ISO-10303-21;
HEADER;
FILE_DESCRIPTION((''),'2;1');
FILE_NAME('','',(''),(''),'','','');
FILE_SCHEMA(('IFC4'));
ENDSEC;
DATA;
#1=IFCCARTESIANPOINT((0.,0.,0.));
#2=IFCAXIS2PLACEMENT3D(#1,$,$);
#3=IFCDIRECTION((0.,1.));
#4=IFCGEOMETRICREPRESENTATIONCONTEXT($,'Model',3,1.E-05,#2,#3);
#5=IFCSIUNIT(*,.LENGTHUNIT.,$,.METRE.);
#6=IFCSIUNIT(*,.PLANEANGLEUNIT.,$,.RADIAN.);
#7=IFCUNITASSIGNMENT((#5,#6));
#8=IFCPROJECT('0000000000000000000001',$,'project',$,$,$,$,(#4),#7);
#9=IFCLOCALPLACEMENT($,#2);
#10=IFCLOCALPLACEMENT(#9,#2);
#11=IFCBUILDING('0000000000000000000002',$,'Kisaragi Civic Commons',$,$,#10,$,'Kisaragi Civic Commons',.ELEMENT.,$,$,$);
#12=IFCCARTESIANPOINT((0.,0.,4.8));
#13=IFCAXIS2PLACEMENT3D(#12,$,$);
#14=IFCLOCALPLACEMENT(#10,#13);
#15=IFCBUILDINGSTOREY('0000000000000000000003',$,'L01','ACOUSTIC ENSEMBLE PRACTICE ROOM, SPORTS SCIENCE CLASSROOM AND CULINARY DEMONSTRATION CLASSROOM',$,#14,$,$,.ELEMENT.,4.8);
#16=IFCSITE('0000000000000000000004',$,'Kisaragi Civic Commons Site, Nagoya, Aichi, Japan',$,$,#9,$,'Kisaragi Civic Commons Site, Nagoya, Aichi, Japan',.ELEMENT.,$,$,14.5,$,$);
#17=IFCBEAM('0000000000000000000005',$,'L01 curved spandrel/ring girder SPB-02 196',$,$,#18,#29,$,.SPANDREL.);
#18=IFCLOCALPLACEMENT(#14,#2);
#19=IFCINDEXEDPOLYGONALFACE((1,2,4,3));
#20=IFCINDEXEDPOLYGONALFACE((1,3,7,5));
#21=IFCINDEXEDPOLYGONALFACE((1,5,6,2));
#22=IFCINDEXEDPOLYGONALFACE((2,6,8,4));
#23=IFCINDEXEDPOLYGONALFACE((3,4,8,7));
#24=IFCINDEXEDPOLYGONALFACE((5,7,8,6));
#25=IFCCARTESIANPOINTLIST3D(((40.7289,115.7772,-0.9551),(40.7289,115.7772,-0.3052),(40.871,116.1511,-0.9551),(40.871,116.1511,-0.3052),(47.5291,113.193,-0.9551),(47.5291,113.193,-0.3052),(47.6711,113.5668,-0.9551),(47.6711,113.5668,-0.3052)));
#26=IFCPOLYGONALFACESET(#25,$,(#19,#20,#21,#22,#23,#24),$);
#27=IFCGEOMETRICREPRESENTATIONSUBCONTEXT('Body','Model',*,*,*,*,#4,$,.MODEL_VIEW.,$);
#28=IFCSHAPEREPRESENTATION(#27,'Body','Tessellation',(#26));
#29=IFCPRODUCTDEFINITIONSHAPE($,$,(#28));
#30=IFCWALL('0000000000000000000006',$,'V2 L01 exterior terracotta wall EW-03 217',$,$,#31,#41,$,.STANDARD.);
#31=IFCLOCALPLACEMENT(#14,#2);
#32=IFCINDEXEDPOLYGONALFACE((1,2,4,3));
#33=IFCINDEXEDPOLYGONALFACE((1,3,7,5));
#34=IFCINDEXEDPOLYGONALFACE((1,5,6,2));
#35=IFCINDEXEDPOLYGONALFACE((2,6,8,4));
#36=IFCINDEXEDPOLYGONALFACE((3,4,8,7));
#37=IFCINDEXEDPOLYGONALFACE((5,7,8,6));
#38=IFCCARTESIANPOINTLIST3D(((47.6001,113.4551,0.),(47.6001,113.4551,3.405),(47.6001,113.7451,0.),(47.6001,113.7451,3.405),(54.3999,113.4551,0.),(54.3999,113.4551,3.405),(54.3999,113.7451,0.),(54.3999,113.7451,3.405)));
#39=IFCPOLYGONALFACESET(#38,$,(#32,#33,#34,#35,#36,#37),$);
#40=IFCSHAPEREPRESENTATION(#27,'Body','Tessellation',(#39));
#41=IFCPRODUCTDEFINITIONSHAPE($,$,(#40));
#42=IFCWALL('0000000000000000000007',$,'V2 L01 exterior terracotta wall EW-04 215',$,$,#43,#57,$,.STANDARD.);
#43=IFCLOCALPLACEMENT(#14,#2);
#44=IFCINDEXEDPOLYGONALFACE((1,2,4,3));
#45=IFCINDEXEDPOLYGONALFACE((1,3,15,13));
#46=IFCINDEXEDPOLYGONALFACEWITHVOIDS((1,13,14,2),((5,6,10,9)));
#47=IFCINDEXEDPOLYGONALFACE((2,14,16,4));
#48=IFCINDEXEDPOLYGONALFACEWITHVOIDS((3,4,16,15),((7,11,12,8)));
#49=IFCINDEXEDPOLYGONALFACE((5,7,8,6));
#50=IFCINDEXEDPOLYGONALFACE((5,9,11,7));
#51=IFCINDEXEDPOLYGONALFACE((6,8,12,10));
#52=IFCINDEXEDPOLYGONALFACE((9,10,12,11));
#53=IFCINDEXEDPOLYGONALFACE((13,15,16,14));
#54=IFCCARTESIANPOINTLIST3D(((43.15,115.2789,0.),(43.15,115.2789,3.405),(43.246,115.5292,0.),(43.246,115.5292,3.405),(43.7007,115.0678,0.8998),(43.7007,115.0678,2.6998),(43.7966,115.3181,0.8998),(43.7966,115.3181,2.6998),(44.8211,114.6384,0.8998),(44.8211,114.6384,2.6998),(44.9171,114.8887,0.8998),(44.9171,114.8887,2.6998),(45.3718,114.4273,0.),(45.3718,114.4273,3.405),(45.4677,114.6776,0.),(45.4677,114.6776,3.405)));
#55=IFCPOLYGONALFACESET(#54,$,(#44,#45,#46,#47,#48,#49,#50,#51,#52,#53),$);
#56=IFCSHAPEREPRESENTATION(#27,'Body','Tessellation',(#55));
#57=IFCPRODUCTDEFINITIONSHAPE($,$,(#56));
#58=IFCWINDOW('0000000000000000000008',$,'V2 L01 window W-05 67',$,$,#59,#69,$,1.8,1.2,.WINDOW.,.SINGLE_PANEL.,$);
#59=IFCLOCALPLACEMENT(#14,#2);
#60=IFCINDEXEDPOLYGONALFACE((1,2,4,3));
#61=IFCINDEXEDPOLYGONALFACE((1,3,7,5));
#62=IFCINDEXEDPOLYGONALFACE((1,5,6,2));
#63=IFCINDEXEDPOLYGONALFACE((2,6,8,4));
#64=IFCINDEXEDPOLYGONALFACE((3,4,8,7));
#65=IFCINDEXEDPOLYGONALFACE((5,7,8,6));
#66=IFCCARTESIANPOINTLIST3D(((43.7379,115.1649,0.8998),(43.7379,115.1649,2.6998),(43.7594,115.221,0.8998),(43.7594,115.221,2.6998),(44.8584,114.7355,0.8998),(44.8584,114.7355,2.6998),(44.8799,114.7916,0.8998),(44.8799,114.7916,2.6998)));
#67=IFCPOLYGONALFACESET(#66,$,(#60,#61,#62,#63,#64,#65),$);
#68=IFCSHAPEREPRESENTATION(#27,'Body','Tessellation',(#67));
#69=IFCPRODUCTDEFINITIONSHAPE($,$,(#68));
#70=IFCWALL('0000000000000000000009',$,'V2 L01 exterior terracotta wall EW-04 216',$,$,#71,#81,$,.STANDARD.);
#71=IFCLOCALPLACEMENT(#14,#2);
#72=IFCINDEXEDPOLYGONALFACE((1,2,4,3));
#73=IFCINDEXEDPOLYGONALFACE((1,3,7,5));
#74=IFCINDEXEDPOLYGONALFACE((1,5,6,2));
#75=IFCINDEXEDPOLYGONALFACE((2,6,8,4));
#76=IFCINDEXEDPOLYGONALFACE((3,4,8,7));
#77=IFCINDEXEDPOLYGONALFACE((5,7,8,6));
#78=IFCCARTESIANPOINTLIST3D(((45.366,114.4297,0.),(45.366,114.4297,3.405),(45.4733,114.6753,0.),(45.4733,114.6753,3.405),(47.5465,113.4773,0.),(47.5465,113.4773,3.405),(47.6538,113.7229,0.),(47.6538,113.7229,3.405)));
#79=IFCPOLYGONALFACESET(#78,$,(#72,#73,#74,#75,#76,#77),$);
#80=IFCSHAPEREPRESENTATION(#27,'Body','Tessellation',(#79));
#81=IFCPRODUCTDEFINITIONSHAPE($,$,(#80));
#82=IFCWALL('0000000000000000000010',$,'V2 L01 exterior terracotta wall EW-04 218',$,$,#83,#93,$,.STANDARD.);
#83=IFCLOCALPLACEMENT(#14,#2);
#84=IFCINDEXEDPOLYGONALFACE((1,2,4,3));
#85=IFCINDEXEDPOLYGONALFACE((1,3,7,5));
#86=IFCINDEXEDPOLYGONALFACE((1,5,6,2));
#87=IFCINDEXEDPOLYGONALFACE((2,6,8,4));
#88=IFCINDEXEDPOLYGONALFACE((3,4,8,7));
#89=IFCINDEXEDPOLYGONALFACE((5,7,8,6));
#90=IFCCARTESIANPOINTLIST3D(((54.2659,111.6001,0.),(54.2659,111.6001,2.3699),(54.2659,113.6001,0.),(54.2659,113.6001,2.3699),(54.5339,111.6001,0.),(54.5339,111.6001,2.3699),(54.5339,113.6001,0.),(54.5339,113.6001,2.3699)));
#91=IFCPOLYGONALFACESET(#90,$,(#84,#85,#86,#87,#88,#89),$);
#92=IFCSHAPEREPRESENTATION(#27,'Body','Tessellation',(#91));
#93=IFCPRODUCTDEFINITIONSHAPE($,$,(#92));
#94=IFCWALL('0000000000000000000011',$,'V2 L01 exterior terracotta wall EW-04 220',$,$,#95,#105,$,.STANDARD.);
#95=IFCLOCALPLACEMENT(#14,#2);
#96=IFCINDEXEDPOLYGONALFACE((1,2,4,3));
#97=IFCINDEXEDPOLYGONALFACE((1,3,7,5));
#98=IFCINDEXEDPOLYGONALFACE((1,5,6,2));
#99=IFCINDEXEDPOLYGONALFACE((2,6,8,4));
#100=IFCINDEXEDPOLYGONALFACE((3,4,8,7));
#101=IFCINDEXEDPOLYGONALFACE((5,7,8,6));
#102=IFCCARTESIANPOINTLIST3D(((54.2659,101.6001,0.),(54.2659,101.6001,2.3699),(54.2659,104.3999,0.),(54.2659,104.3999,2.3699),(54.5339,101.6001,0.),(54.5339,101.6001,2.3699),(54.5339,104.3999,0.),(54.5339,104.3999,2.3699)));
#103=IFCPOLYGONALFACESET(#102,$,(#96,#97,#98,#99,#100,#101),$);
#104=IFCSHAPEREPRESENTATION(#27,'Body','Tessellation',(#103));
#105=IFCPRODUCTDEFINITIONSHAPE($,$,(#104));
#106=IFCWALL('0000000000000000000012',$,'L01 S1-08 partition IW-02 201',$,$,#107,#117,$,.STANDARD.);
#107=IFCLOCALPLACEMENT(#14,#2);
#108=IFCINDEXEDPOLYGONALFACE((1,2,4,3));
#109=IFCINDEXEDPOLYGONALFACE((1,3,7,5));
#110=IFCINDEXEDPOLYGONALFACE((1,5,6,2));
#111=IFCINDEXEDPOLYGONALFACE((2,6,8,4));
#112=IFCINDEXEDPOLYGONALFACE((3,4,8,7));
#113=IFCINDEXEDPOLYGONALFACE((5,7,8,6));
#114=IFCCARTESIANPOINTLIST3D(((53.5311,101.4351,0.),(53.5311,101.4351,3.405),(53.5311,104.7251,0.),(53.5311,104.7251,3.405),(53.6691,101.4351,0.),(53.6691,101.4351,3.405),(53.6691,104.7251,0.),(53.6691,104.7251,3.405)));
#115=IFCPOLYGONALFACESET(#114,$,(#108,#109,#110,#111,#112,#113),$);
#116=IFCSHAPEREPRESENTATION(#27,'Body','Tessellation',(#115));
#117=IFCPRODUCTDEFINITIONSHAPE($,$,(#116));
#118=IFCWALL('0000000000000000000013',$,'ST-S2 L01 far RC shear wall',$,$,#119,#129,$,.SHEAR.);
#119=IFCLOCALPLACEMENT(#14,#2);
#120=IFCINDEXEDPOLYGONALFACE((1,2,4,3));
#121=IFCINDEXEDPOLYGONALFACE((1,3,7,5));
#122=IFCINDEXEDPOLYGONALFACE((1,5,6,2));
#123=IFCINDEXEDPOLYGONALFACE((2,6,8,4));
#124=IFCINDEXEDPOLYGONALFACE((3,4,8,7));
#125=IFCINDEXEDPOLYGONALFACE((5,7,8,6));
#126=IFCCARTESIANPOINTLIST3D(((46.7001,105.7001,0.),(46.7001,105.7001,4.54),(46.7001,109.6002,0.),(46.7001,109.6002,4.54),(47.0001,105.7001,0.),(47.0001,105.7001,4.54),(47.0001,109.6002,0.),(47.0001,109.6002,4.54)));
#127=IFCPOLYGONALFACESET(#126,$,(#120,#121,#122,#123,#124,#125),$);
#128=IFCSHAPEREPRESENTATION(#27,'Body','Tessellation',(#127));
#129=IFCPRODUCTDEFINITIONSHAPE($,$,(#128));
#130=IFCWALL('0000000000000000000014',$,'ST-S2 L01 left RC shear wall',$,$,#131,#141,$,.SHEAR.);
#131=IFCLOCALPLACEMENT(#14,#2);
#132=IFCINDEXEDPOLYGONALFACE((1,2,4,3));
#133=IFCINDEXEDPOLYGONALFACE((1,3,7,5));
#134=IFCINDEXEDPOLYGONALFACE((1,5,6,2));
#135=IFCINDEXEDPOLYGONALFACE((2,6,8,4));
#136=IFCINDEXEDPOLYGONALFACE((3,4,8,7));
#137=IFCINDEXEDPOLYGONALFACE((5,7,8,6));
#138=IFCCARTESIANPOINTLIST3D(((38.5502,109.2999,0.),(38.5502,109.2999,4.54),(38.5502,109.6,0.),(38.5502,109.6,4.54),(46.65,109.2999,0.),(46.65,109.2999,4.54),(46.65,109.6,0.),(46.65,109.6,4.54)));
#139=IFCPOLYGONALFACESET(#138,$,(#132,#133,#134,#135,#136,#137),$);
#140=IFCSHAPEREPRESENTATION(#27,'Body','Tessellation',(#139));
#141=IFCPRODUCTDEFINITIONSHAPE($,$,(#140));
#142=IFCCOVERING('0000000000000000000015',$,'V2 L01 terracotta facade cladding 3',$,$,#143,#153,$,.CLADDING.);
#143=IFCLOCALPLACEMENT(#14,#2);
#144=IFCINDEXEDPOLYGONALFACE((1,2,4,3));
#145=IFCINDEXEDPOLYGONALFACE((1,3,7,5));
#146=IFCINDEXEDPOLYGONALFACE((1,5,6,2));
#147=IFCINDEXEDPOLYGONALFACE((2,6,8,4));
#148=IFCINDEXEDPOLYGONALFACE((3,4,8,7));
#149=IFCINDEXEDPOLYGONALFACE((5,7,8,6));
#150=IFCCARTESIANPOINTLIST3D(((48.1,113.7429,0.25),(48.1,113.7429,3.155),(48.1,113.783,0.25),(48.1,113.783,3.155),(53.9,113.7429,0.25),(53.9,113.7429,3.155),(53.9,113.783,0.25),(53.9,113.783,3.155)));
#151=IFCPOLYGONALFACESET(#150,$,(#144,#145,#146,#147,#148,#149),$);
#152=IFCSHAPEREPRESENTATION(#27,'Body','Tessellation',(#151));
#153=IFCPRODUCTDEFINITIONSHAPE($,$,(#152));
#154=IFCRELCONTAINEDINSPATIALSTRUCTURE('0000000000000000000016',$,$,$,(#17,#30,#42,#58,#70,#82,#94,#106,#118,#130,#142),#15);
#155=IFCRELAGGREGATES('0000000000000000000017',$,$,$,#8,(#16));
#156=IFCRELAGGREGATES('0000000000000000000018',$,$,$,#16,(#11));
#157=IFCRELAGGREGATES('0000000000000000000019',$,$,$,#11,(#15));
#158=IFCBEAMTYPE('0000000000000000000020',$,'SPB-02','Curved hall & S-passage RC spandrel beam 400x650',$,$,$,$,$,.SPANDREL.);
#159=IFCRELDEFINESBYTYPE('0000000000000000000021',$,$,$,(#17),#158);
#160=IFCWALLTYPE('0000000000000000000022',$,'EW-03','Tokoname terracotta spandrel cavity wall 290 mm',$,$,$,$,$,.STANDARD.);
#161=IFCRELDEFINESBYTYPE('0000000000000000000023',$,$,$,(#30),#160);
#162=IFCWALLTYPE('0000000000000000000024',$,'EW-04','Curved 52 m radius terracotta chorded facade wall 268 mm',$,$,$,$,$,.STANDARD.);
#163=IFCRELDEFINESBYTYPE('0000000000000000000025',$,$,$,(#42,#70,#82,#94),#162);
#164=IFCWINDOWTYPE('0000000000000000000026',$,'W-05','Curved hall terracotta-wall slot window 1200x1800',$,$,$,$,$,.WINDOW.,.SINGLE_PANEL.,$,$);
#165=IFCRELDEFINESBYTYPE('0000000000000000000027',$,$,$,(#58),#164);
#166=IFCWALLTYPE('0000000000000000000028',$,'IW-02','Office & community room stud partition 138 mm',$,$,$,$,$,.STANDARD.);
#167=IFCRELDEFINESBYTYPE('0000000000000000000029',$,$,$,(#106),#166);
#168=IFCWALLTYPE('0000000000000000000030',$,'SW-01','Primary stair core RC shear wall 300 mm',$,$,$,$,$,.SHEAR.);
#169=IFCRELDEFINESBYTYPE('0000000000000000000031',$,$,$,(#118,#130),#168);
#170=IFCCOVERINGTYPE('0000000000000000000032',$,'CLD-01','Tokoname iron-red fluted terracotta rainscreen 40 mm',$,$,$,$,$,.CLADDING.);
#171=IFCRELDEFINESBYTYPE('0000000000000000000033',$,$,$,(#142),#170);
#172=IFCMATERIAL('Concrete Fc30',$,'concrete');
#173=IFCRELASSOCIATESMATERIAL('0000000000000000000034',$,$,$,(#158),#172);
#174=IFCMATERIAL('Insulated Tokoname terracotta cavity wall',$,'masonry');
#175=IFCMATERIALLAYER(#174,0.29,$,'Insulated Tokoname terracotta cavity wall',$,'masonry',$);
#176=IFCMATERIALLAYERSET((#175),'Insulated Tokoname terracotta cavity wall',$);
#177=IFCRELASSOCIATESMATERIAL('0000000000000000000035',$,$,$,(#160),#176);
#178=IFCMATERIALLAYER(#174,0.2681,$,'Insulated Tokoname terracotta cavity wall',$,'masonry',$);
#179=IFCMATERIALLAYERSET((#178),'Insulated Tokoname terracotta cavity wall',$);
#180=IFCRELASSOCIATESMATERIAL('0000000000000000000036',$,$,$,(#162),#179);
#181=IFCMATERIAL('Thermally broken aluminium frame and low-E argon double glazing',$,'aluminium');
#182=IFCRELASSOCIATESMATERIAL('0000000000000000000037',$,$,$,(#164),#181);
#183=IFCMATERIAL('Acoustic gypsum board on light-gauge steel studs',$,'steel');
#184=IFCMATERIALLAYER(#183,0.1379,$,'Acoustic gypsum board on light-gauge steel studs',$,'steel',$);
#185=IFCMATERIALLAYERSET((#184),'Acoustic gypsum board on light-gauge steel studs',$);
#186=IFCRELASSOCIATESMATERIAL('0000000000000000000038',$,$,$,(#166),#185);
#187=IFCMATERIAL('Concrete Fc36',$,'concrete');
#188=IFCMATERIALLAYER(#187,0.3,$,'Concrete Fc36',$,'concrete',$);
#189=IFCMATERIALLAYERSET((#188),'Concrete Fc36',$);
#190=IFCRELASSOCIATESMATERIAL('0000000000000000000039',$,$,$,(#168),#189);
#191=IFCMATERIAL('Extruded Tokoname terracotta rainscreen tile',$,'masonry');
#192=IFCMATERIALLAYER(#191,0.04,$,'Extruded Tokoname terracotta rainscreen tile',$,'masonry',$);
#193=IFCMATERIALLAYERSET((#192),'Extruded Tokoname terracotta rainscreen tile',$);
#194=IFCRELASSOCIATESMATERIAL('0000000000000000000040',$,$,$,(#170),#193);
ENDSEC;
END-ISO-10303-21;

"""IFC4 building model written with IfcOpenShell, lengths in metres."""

from ifc_helpers import new_model, si_unit, direction, frame, frame_2d, origin, origin_2d, place, context, subcontext, project, spatial, rectangle, extrude, material, layer, layer_set, material_profile, profile_set, type_object, element, fill, save


model = new_model("IFC4")

# Units and contexts
model_context = context("Model", 3, precision=1e-05, world=origin(), true_north=direction((0.0, 1.0)))
body_context = subcontext(model_context, "Body", "Model", "MODEL_VIEW")
ifc_project = project(units=[si_unit("LENGTHUNIT", "METRE"), si_unit("PLANEANGLEUNIT", "RADIAN")], contexts=[model_context])

# Site, building, storey
site_placement = place(None, origin())
site = spatial("IfcSite", under=ifc_project, at=site_placement, Name="Kisaragi Civic Commons Site, Nagoya, Aichi, Japan", LongName="Kisaragi Civic Commons Site, Nagoya, Aichi, Japan", CompositionType="ELEMENT", RefElevation=14.5)
building_placement = place(site_placement, origin())
building = spatial("IfcBuilding", under=site, at=building_placement, Name="Kisaragi Civic Commons", LongName="Kisaragi Civic Commons", CompositionType="ELEMENT")
storey_placement = place(building_placement, frame((0.0, 0.0, 4.8)))
storey = spatial("IfcBuildingStorey", under=building, at=storey_placement, Name="L01", Description="ACOUSTIC ENSEMBLE PRACTICE ROOM, SPORTS SCIENCE CLASSROOM AND CULINARY DEMONSTRATION CLASSROOM", CompositionType="ELEMENT", Elevation=4.8)

# Shared definitions
ifc_material_1 = material(Name="Concrete Fc36", Category="concrete")
ifc_material_2 = material(Name="Concrete Fc30", Category="concrete")

# Beam
ifc_material_profile_1 = material_profile(ifc_material_2, rectangle(XDim=0.3999, YDim=0.6499, at=origin_2d()), Name="RC-400x650", Category="concrete")
ifc_profile_set_1 = profile_set([ifc_material_profile_1], Name="Concrete Fc30")
beam_type_1 = type_object("IfcBeamType", Name="SPB-02", Description="Curved hall & S-passage RC spandrel beam 400x650", PredefinedType="SPANDREL", material=ifc_profile_set_1)
beam_1_placement = place(storey_placement, frame((47.6001, 113.3799, -0.6301), z_axis=(-0.934774, 0.355243, 0.0), x_axis=(-0.355243, -0.934774, 0.0)))
element("IfcBeam", 1, at=beam_1_placement, inside=storey, type_object=beam_type_1, Name="L01 curved spandrel/ring girder SPB-02 196", PredefinedType="SPANDREL", context=body_context, shape_type="SweptSolid", body=[
    extrude(rectangle(XDim=0.3999, YDim=0.6499, at=origin_2d()), origin(), (0.0, 0.0, 1.0), 7.2747),
])

# Wall
ifc_material_3 = material(Name="Insulated Tokoname terracotta cavity wall", Category="masonry")
ifc_layer_1 = layer(ifc_material_3, 0.29, Name="Insulated Tokoname terracotta cavity wall", Category="masonry")
ifc_layer_set_1 = layer_set([ifc_layer_1], Name="Insulated Tokoname terracotta cavity wall")
wall_type_1 = type_object("IfcWallType", Name="EW-03", Description="Tokoname terracotta spandrel cavity wall 290 mm", PredefinedType="STANDARD", material=ifc_layer_set_1)
wall_1_placement = place(storey_placement, frame((47.6001, 113.6001, 0.0), z_axis=(0.0, 0.0, 1.0), x_axis=(1.0, 0.0, 0.0)))
element("IfcWall", 2, at=wall_1_placement, inside=storey, type_object=wall_type_1, Name="V2 L01 exterior terracotta wall EW-03 217", PredefinedType="STANDARD", context=body_context, shape_type="SweptSolid", body=[
    extrude(rectangle(XDim=6.7998, YDim=0.29, at=frame_2d((3.3999, 0.0))), origin(), (0.0, 0.0, 1.0), 3.405),
])

# Wall, opening, window
ifc_layer_2 = layer(ifc_material_3, 0.2681, Name="Insulated Tokoname terracotta cavity wall", Category="masonry")
ifc_layer_set_2 = layer_set([ifc_layer_2], Name="Insulated Tokoname terracotta cavity wall")
wall_type_2 = type_object("IfcWallType", Name="EW-04", Description="Curved 52 m radius terracotta chorded facade wall 268 mm", PredefinedType="STANDARD", material=ifc_layer_set_2)
wall_2_placement = place(storey_placement, frame((43.198, 115.4041, 0.0), z_axis=(0.0, 0.0, 1.0), x_axis=(0.933758, -0.357906, 0.0)))
wall_2 = element("IfcWall", 3, at=wall_2_placement, inside=storey, type_object=wall_type_2, Name="V2 L01 exterior terracotta wall EW-04 215", PredefinedType="STANDARD", context=body_context, shape_type="SweptSolid", body=[
    extrude(rectangle(XDim=2.3794, YDim=0.2681, at=frame_2d((1.1897, 0.0))), origin(), (0.0, 0.0, 1.0), 3.405),
])
opening_1_placement = place(wall_2_placement, frame((0.5896, 0.0, 0.8999)))
opening_1 = element("IfcOpeningElement", 4, at=opening_1_placement, cuts=wall_2, PredefinedType="OPENING", context=body_context, shape_type="SweptSolid", body=[
    extrude(rectangle(XDim=1.2, YDim=1.8, at=frame_2d((0.6001, 0.8999))), frame((0.0, 0.144, 0.0), z_axis=(0.0, -1.0, 0.0), x_axis=(1.0, 0.0, 0.0)), (0.0, 0.0, 1.0), 0.2881),
])
ifc_material_4 = material(Name="Thermally broken aluminium frame and low-E argon double glazing", Category="aluminium")
window_type = type_object("IfcWindowType", Name="W-05", Description="Curved hall terracotta-wall slot window 1200x1800", PartitioningType="SINGLE_PANEL", PredefinedType="WINDOW", material=ifc_material_4)
window_placement = place(opening_1_placement, origin())
window = element("IfcWindow", 5, at=window_placement, inside=storey, type_object=window_type, Name="V2 L01 window W-05 67", OverallHeight=1.8, OverallWidth=1.2, PartitioningType="SINGLE_PANEL", PredefinedType="WINDOW", context=body_context, shape_type="SweptSolid", body=[
    extrude(rectangle(XDim=1.2, YDim=1.8, at=frame_2d((0.6001, 0.8999))), frame((0.0, 0.03, 0.0), z_axis=(0.0, -1.0, 0.0), x_axis=(1.0, 0.0, 0.0)), (0.0, 0.0, 1.0), 0.0601),
])
fill(opening_1, window)

# Walls
wall_3_placement = place(storey_placement, frame((45.4197, 114.5525, 0.0), z_axis=(0.0, 0.0, 1.0), x_axis=(0.916395, -0.400275, 0.0)))
element("IfcWall", 6, at=wall_3_placement, inside=storey, type_object=wall_type_2, Name="V2 L01 exterior terracotta wall EW-04 216", PredefinedType="STANDARD", context=body_context, shape_type="SweptSolid", body=[
    extrude(rectangle(XDim=2.3794, YDim=0.2681, at=frame_2d((1.1897, 0.0))), origin(), (0.0, 0.0, 1.0), 3.405),
])
wall_4_placement = place(storey_placement, frame((54.3999, 113.6001, 0.0), z_axis=(0.0, 0.0, 1.0), x_axis=(0.0, -1.0, 0.0)))
element("IfcWall", 7, at=wall_4_placement, inside=storey, type_object=wall_type_2, Name="V2 L01 exterior terracotta wall EW-04 218", PredefinedType="STANDARD", context=body_context, shape_type="SweptSolid", body=[
    extrude(rectangle(XDim=2.0, YDim=0.2681, at=frame_2d((1.0, 0.0))), origin(), (0.0, 0.0, 1.0), 2.3699),
])
wall_5_placement = place(storey_placement, frame((54.3999, 104.3999, 0.0), z_axis=(0.0, 0.0, 1.0), x_axis=(0.0, -1.0, 0.0)))
element("IfcWall", 8, at=wall_5_placement, inside=storey, type_object=wall_type_2, Name="V2 L01 exterior terracotta wall EW-04 220", PredefinedType="STANDARD", context=body_context, shape_type="SweptSolid", body=[
    extrude(rectangle(XDim=2.7998, YDim=0.2681, at=frame_2d((1.3999, 0.0))), origin(), (0.0, 0.0, 1.0), 2.3699),
])
ifc_material_5 = material(Name="Acoustic gypsum board on light-gauge steel studs", Category="steel")
ifc_layer_3 = layer(ifc_material_5, 0.1379, Name="Acoustic gypsum board on light-gauge steel studs", Category="steel")
ifc_layer_set_3 = layer_set([ifc_layer_3], Name="Acoustic gypsum board on light-gauge steel studs")
wall_type_3 = type_object("IfcWallType", Name="IW-02", Description="Office & community room stud partition 138 mm", PredefinedType="STANDARD", material=ifc_layer_set_3)
wall_6_placement = place(storey_placement, frame((53.6001, 104.7251, 0.0), z_axis=(0.0, 0.0, 1.0), x_axis=(0.0, -1.0, 0.0)))
element("IfcWall", 9, at=wall_6_placement, inside=storey, type_object=wall_type_3, Name="L01 S1-08 partition IW-02 201", PredefinedType="STANDARD", context=body_context, shape_type="SweptSolid", body=[
    extrude(rectangle(XDim=3.29, YDim=0.1379, at=frame_2d((1.645, 0.0))), origin(), (0.0, 0.0, 1.0), 3.405),
])
ifc_layer_4 = layer(ifc_material_1, 0.3, Name="Concrete Fc36", Category="concrete")
ifc_layer_set_4 = layer_set([ifc_layer_4], Name="Concrete Fc36")
wall_type_4 = type_object("IfcWallType", Name="SW-01", Description="Primary stair core RC shear wall 300 mm", PredefinedType="SHEAR", material=ifc_layer_set_4)
wall_7_placement = place(storey_placement, frame((46.8501, 105.7, 0.0), z_axis=(0.0, 0.0, 1.0), x_axis=(0.0, 1.0, 0.0)))
element("IfcWall", 10, at=wall_7_placement, inside=storey, type_object=wall_type_4, Name="ST-S2 L01 far RC shear wall", PredefinedType="SHEAR", context=body_context, shape_type="SweptSolid", body=[
    extrude(rectangle(XDim=3.9001, YDim=0.3, at=frame_2d((1.9502, 0.0))), origin(), (0.0, 0.0, 1.0), 4.54),
])
wall_8_placement = place(storey_placement, frame((46.6499, 109.45, 0.0), z_axis=(0.0, 0.0, 1.0), x_axis=(-1.0, 0.0, 0.0)))
element("IfcWall", 11, at=wall_8_placement, inside=storey, type_object=wall_type_4, Name="ST-S2 L01 left RC shear wall", PredefinedType="SHEAR", context=body_context, shape_type="SweptSolid", body=[
    extrude(rectangle(XDim=8.0999, YDim=0.3, at=frame_2d((4.0498, 0.0))), origin(), (0.0, 0.0, 1.0), 4.54),
])

# Covering
ifc_material_6 = material(Name="Extruded Tokoname terracotta rainscreen tile", Category="masonry")
ifc_layer_5 = layer(ifc_material_6, 0.04, Name="Extruded Tokoname terracotta rainscreen tile", Category="masonry")
ifc_layer_set_5 = layer_set([ifc_layer_5], Name="Extruded Tokoname terracotta rainscreen tile")
covering_type = type_object("IfcCoveringType", Name="CLD-01", Description="Tokoname iron-red fluted terracotta rainscreen 40 mm", PredefinedType="CLADDING", material=ifc_layer_set_5)
covering_placement = place(storey_placement, frame((51.0, 113.7629, 0.25), z_axis=(0.0, 0.0, 1.0), x_axis=(1.0, 0.0, 0.0)))
element("IfcCovering", 12, at=covering_placement, inside=storey, type_object=covering_type, Name="V2 L01 terracotta facade cladding 3", PredefinedType="CLADDING", context=body_context, shape_type="SweptSolid", body=[
    extrude(rectangle(XDim=5.8, YDim=0.04, at=origin_2d()), origin(), (0.0, 0.0, 1.0), 2.905),
])

save(model, "model.ifc")
